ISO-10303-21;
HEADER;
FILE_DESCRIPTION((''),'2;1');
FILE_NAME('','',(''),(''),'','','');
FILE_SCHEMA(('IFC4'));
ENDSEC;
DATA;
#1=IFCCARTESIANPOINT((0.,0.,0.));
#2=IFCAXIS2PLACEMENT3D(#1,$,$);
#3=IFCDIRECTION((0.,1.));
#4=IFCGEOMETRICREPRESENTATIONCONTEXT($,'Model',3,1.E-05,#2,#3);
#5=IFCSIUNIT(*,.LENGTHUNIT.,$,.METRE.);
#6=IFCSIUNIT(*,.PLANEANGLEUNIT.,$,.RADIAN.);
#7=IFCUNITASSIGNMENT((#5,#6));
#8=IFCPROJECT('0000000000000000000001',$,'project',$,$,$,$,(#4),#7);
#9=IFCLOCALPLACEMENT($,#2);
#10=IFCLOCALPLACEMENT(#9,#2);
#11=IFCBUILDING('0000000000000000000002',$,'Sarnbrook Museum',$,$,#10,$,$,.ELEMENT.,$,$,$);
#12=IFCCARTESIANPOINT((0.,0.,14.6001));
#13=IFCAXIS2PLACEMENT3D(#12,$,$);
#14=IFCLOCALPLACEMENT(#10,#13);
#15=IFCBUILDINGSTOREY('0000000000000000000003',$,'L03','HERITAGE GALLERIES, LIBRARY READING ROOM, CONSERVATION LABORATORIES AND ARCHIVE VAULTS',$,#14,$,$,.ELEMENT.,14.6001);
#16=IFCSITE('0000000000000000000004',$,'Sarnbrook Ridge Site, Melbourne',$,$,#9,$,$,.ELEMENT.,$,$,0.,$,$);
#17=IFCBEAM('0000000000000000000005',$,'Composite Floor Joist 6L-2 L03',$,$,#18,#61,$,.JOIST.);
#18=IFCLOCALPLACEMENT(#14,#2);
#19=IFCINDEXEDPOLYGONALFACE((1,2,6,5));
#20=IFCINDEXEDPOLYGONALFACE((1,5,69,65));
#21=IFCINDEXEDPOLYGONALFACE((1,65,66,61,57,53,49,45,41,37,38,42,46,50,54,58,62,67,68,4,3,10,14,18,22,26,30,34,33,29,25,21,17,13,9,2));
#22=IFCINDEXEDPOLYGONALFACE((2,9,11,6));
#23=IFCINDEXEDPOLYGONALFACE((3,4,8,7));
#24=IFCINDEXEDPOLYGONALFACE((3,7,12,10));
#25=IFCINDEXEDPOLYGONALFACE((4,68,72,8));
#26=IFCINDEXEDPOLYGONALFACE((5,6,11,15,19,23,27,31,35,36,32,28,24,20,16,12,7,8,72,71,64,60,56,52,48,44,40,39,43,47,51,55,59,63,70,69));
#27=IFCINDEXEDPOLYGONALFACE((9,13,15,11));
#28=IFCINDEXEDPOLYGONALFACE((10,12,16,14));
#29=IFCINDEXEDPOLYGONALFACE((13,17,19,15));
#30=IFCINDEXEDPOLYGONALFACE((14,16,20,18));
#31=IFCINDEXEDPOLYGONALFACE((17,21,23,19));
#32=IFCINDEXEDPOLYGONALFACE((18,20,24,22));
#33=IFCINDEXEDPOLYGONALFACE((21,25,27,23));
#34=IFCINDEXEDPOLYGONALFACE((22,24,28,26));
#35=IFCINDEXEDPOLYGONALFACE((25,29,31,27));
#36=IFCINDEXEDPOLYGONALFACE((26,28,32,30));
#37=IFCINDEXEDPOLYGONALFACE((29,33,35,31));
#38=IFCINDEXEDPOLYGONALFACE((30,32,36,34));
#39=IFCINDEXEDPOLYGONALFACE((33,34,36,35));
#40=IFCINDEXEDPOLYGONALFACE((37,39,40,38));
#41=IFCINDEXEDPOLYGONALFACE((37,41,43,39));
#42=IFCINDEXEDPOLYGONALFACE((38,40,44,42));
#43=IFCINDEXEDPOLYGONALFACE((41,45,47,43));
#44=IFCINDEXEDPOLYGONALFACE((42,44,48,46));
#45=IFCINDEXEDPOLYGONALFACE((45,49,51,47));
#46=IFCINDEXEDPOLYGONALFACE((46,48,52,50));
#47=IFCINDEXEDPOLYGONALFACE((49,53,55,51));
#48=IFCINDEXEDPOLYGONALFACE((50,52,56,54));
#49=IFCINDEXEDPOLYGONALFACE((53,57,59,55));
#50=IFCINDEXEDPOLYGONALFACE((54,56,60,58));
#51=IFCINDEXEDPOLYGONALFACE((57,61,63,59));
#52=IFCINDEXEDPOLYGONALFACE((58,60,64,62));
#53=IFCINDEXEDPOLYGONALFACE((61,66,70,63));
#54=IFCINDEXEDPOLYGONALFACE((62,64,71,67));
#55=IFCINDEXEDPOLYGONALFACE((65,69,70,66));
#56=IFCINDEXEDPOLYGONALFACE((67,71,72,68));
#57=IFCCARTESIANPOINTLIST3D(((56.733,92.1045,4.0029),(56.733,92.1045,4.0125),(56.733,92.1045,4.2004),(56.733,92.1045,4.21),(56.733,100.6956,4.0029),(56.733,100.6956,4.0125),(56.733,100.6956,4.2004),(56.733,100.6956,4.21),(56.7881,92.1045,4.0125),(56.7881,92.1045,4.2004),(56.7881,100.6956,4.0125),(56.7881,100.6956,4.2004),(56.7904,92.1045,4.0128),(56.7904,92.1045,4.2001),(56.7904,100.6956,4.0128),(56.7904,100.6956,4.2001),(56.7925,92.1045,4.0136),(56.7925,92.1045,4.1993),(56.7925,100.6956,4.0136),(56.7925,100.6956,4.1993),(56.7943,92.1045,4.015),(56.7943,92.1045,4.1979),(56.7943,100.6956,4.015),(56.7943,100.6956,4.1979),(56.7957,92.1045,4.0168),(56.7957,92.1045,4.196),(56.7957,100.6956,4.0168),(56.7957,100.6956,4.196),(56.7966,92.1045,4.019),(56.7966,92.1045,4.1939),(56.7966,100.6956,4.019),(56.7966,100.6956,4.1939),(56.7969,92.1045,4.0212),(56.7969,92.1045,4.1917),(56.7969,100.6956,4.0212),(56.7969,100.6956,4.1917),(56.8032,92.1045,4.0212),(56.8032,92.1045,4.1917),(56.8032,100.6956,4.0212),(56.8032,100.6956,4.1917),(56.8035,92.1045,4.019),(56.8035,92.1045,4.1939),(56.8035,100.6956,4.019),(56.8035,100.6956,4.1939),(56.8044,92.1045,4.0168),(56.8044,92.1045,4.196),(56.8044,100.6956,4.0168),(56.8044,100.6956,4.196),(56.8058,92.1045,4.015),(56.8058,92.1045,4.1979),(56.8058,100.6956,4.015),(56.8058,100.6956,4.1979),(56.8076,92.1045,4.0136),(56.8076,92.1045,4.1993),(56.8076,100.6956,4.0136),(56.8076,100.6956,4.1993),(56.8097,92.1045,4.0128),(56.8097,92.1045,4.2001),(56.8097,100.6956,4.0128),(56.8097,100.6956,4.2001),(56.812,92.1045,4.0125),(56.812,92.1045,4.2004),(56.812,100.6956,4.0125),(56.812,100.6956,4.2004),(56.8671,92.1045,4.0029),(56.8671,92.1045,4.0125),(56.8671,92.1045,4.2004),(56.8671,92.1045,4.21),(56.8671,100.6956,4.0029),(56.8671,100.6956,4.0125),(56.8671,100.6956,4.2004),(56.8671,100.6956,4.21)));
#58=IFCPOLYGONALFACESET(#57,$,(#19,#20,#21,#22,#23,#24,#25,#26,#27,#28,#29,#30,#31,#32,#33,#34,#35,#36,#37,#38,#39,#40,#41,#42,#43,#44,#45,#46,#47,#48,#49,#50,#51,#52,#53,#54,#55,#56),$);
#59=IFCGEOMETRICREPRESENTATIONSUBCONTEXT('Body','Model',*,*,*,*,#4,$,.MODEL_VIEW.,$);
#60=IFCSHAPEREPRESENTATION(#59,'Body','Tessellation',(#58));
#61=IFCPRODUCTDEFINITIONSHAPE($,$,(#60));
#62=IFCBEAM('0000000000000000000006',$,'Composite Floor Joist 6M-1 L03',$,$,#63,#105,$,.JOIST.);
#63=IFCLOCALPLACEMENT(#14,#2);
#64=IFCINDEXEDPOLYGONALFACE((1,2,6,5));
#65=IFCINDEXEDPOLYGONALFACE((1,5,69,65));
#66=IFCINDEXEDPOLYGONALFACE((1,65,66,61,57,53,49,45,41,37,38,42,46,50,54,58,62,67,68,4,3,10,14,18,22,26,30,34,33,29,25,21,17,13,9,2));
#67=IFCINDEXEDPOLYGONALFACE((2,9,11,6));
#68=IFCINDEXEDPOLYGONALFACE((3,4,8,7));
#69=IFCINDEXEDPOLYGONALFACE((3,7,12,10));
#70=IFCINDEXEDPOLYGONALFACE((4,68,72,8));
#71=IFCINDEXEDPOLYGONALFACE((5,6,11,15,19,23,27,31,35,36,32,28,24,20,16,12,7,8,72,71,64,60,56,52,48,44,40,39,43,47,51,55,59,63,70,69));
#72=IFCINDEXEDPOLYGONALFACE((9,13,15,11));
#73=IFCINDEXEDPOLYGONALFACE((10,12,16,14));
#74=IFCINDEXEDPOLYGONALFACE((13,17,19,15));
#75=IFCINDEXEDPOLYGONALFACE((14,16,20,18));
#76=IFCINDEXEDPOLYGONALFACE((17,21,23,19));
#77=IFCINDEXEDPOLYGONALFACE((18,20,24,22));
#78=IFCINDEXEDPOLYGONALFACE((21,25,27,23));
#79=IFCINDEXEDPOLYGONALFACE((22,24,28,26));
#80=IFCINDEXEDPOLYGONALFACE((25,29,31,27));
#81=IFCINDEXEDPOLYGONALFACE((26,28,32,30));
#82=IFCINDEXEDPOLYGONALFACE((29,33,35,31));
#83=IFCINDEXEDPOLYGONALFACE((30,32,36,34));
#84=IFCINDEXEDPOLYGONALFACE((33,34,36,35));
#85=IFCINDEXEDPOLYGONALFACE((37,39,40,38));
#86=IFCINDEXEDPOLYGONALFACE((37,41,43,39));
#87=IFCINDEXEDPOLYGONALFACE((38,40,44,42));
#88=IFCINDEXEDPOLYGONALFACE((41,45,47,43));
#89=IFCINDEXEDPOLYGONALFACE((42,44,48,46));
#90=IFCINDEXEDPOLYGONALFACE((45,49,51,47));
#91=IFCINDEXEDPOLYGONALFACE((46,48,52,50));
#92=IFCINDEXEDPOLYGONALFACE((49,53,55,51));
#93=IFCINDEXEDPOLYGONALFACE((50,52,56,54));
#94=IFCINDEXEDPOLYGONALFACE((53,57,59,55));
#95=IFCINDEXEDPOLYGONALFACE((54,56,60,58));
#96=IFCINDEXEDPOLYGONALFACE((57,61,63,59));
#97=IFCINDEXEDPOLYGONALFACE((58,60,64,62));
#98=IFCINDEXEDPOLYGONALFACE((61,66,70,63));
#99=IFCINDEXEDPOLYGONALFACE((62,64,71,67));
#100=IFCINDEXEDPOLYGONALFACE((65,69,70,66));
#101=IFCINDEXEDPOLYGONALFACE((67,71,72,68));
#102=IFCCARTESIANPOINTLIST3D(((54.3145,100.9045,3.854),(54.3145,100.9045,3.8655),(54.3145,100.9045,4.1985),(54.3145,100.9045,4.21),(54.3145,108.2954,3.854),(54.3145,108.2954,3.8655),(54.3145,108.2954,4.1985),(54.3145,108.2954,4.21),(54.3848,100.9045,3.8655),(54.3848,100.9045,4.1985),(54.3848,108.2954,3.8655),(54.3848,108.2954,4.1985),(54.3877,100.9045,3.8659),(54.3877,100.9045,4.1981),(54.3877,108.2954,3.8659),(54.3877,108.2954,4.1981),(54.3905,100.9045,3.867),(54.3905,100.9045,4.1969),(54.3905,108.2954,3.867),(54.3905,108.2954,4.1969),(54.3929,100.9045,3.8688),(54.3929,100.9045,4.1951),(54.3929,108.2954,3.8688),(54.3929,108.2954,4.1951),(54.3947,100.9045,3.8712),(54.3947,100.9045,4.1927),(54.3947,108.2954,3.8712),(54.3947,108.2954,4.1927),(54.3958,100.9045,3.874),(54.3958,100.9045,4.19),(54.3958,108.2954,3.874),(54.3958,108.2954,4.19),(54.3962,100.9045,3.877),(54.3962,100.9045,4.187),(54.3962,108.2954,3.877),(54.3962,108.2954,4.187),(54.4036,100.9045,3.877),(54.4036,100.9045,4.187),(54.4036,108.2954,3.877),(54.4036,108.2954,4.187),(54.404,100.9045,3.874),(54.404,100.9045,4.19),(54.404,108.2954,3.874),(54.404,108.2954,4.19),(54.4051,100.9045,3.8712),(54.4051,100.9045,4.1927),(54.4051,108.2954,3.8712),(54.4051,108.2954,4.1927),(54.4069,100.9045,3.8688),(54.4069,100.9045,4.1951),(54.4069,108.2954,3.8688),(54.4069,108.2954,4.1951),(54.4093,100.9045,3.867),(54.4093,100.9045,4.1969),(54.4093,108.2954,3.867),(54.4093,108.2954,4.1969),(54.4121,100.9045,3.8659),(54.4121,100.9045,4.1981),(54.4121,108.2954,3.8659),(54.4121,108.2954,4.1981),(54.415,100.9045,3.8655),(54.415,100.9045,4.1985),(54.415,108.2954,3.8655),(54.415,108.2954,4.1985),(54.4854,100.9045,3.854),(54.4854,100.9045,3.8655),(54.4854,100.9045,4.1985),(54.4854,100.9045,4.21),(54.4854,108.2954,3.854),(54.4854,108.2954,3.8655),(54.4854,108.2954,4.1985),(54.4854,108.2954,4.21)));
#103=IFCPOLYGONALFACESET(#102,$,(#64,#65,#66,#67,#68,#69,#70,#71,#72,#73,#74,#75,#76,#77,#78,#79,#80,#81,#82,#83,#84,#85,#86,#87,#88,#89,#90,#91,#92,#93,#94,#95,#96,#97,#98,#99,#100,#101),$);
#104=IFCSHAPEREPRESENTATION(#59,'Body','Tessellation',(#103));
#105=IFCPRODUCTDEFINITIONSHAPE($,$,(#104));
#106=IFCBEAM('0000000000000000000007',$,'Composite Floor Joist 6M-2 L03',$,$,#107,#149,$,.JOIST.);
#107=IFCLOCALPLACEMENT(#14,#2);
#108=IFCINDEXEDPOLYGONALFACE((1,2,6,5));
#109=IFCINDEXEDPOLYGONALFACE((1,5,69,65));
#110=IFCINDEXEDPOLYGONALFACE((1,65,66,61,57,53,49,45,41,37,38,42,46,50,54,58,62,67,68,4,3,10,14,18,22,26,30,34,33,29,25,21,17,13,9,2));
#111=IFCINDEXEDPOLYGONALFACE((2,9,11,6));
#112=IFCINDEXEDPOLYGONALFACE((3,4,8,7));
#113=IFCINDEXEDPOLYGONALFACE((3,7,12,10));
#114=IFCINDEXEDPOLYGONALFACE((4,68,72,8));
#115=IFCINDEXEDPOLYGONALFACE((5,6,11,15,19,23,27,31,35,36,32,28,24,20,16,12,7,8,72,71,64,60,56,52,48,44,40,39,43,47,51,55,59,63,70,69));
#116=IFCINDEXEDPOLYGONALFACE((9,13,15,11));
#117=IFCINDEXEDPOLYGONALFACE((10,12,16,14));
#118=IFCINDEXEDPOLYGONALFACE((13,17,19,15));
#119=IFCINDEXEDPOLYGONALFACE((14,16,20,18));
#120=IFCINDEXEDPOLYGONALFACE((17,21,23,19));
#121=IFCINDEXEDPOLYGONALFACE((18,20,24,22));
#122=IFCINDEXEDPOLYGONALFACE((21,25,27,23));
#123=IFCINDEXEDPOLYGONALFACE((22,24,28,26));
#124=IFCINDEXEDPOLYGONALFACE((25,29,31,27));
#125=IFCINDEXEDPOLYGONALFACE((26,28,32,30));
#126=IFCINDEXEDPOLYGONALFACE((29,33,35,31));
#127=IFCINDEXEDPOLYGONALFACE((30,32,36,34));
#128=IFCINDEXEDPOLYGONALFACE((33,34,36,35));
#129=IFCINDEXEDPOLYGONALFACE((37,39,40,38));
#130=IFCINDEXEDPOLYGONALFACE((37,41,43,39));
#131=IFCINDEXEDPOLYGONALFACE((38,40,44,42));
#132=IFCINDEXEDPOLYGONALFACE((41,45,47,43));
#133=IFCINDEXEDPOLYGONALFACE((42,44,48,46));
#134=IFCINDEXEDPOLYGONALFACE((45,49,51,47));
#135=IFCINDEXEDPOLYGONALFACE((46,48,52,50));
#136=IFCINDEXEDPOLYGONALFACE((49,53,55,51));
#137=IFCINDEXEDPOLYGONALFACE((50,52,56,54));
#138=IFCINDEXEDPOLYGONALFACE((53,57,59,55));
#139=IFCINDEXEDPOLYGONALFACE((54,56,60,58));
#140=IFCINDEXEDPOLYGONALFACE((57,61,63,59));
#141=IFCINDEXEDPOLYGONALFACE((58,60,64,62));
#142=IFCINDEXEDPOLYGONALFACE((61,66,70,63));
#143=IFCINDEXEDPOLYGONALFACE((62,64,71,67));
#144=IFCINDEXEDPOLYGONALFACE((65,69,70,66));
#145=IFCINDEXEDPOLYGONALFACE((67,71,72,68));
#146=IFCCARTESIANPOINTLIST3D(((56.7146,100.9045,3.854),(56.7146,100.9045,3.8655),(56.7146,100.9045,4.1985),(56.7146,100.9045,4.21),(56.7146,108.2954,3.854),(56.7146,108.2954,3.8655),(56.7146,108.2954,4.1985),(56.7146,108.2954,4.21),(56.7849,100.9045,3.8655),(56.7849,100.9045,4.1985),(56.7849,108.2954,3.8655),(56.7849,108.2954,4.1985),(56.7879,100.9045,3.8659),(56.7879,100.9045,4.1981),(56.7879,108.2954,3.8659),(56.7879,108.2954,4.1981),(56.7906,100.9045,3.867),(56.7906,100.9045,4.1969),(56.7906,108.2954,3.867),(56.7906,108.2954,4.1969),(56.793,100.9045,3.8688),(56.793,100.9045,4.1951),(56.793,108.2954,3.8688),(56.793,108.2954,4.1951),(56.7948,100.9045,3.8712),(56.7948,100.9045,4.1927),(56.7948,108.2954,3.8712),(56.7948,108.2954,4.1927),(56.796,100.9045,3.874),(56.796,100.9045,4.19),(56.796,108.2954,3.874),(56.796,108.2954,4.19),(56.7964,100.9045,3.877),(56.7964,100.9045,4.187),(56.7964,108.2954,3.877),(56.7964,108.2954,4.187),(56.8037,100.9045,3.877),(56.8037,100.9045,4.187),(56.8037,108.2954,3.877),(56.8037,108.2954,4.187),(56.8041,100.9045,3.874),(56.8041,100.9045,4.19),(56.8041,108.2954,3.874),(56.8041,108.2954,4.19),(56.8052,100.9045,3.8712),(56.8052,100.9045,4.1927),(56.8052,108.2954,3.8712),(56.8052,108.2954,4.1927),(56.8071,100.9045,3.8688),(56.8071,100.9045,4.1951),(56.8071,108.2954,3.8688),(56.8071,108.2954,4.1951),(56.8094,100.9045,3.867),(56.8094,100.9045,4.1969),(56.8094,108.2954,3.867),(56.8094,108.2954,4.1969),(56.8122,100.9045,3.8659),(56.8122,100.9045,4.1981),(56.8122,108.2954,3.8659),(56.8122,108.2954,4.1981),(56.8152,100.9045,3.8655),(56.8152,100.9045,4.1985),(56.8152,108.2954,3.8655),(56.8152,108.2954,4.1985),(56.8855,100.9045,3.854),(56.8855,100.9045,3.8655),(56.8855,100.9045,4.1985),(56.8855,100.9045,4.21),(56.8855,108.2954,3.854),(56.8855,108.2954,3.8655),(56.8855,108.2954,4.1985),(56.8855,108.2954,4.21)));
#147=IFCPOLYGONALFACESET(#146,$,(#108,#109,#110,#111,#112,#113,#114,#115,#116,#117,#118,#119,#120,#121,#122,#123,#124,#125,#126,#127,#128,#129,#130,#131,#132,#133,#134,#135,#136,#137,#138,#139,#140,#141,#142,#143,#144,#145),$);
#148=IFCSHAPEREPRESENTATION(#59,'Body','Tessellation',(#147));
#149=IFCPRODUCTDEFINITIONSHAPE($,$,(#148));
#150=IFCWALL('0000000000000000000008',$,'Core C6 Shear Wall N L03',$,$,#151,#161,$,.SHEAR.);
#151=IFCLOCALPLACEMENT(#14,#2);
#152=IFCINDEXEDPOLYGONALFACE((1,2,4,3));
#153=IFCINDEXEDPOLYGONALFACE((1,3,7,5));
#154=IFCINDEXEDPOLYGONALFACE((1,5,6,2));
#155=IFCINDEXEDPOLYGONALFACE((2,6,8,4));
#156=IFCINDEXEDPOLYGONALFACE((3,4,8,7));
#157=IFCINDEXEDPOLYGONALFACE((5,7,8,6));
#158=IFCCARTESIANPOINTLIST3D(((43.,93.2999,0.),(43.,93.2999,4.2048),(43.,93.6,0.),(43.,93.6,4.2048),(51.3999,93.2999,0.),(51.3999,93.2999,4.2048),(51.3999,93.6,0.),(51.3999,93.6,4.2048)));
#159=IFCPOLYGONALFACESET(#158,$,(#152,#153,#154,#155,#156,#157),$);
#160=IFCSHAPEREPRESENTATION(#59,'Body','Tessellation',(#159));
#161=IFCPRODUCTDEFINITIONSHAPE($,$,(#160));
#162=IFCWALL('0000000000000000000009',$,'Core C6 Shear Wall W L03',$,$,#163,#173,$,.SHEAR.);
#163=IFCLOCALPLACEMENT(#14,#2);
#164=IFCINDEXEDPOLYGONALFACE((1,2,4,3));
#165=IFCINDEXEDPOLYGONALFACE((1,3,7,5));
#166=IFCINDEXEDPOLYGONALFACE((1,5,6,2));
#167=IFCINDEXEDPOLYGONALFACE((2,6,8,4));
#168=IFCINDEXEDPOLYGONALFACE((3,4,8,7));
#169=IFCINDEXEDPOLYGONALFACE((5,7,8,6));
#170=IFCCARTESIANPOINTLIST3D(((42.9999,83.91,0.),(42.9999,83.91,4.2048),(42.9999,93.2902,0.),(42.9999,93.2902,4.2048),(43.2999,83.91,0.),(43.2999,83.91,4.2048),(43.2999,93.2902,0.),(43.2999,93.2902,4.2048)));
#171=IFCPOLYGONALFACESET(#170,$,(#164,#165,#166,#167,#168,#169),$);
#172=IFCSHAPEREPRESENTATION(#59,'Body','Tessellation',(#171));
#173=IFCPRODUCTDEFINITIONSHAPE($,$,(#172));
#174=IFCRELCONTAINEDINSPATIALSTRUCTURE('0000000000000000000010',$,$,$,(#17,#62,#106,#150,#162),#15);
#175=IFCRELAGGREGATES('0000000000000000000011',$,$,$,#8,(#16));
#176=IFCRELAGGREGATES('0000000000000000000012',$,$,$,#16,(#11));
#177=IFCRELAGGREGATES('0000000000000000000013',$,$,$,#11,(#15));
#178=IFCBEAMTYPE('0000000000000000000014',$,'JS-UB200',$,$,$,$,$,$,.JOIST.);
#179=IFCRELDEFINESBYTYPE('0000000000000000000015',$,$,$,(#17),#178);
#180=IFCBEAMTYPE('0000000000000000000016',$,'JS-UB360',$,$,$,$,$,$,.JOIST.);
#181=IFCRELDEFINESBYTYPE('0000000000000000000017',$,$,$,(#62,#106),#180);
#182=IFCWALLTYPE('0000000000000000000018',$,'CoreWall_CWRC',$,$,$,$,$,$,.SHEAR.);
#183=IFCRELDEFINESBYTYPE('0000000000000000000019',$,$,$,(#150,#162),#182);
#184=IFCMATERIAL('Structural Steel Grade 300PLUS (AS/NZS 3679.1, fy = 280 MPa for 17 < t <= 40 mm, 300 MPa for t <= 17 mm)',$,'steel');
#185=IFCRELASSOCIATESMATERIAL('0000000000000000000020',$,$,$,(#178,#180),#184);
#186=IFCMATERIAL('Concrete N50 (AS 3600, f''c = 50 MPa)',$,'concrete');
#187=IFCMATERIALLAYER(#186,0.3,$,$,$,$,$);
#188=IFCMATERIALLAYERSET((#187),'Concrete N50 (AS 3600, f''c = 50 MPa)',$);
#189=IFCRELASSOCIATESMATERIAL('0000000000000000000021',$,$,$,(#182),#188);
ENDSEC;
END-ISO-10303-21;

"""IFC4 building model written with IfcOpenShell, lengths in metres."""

from ifc_helpers import new_model, si_unit, direction, frame, frame_2d, origin, origin_2d, place, context, subcontext, project, spatial, rectangle, i_section, extrude, material, layer, layer_set, material_profile, profile_set, type_object, element, save


model = new_model("IFC4")

# Units and contexts
model_context = context("Model", 3, precision=1e-05, world=origin(), true_north=direction((0.0, 1.0)))
body_context = subcontext(model_context, "Body", "Model", "MODEL_VIEW")
ifc_project = project(units=[si_unit("LENGTHUNIT", "METRE"), si_unit("PLANEANGLEUNIT", "RADIAN")], contexts=[model_context])

# Site, building, storey
site_placement = place(None, origin())
site = spatial("IfcSite", under=ifc_project, at=site_placement, Name="Sarnbrook Ridge Site, Melbourne", CompositionType="ELEMENT", RefElevation=0.0)
building_placement = place(site_placement, origin())
building = spatial("IfcBuilding", under=site, at=building_placement, Name="Sarnbrook Museum", CompositionType="ELEMENT")
storey_placement = place(building_placement, frame((0.0, 0.0, 14.6001)))
storey = spatial("IfcBuildingStorey", under=building, at=storey_placement, Name="L03", Description="HERITAGE GALLERIES, LIBRARY READING ROOM, CONSERVATION LABORATORIES AND ARCHIVE VAULTS", CompositionType="ELEMENT", Elevation=14.6001)

# Shared definitions
ifc_material_1 = material(Name="Structural Steel Grade 300PLUS (AS/NZS 3679.1, fy = 280 MPa for 17 < t <= 40 mm, 300 MPa for t <= 17 mm)", Category="steel")

# Beams
ifc_material_profile_1 = material_profile(ifc_material_1, i_section(OverallWidth=0.134, OverallDepth=0.207, WebThickness=0.0063, FlangeThickness=0.0095, FilletRadius=0.0088, at=origin_2d()), Name="200UB29.8")
ifc_profile_set_1 = profile_set([ifc_material_profile_1], Name="Structural Steel Grade 300PLUS (AS/NZS 3679.1, fy = 280 MPa for 17 < t <= 40 mm, 300 MPa for t <= 17 mm)")
beam_type_1 = type_object("IfcBeamType", Name="JS-UB200", PredefinedType="JOIST", material=ifc_profile_set_1)
for number, where, z_axis, x_axis, name in (
    (1, (56.8, 92.1045, 4.1064), (0.0, 1.0, 0.0), (-1.0, 0.0, 0.0), "Composite Floor Joist 6L-2 L03"),
):
    element("IfcBeam", number, at=place(storey_placement, frame(where, z_axis=z_axis, x_axis=x_axis)), inside=storey, type_object=beam_type_1, Name=name, PredefinedType="JOIST", context=body_context, shape_type="SweptSolid", body=[
        extrude(i_section(OverallWidth=0.134, OverallDepth=0.207, WebThickness=0.0063, FlangeThickness=0.0095, FilletRadius=0.0088, at=origin_2d()), origin(), (0.0, 0.0, 1.0), 8.5911),
    ])
ifc_material_profile_2 = material_profile(ifc_material_1, i_section(OverallWidth=0.1709, OverallDepth=0.356, WebThickness=0.0073, FlangeThickness=0.0115, FilletRadius=0.0115, at=origin_2d()), Name="360UB50.7")
ifc_profile_set_2 = profile_set([ifc_material_profile_2], Name="Structural Steel Grade 300PLUS (AS/NZS 3679.1, fy = 280 MPa for 17 < t <= 40 mm, 300 MPa for t <= 17 mm)")
beam_type_2 = type_object("IfcBeamType", Name="JS-UB360", PredefinedType="JOIST", material=ifc_profile_set_2)
for number, where, z_axis, x_axis, name in (
    (2, (54.3999, 100.9045, 4.032), (0.0, 1.0, 0.0), (-1.0, 0.0, 0.0), "Composite Floor Joist 6M-1 L03"),
    (3, (56.8, 100.9045, 4.032), (0.0, 1.0, 0.0), (-1.0, 0.0, 0.0), "Composite Floor Joist 6M-2 L03"),
):
    element("IfcBeam", number, at=place(storey_placement, frame(where, z_axis=z_axis, x_axis=x_axis)), inside=storey, type_object=beam_type_2, Name=name, PredefinedType="JOIST", context=body_context, shape_type="SweptSolid", body=[
        extrude(i_section(OverallWidth=0.1709, OverallDepth=0.356, WebThickness=0.0073, FlangeThickness=0.0115, FilletRadius=0.0115, at=origin_2d()), origin(), (0.0, 0.0, 1.0), 7.3909),
    ])

# Walls
ifc_material_2 = material(Name="Concrete N50 (AS 3600, f'c = 50 MPa)", Category="concrete")
ifc_layer_1 = layer(ifc_material_2, 0.3)
ifc_layer_set_1 = layer_set([ifc_layer_1], Name="Concrete N50 (AS 3600, f'c = 50 MPa)")
wall_type = type_object("IfcWallType", Name="CoreWall_CWRC", PredefinedType="SHEAR", material=ifc_layer_set_1)
wall_1_placement = place(storey_placement, frame((51.3999, 93.45, 0.0), z_axis=(0.0, 0.0, 1.0), x_axis=(-1.0, 0.0, 0.0)))
element("IfcWall", 4, at=wall_1_placement, inside=storey, type_object=wall_type, Name="Core C6 Shear Wall N L03", PredefinedType="SHEAR", context=body_context, shape_type="SweptSolid", body=[
    extrude(rectangle(XDim=8.3999, YDim=0.3, at=frame_2d((4.2, 0.0))), origin(), (0.0, 0.0, 1.0), 4.2048),
])
wall_2_placement = place(storey_placement, frame((43.1499, 93.29, 0.0), z_axis=(0.0, 0.0, 1.0), x_axis=(0.0, -1.0, 0.0)))
element("IfcWall", 5, at=wall_2_placement, inside=storey, type_object=wall_type, Name="Core C6 Shear Wall W L03", PredefinedType="SHEAR", context=body_context, shape_type="SweptSolid", body=[
    extrude(rectangle(XDim=9.3801, YDim=0.3, at=frame_2d((4.6899, 0.0))), origin(), (0.0, 0.0, 1.0), 4.2048),
])

save(model, "model.ifc")
